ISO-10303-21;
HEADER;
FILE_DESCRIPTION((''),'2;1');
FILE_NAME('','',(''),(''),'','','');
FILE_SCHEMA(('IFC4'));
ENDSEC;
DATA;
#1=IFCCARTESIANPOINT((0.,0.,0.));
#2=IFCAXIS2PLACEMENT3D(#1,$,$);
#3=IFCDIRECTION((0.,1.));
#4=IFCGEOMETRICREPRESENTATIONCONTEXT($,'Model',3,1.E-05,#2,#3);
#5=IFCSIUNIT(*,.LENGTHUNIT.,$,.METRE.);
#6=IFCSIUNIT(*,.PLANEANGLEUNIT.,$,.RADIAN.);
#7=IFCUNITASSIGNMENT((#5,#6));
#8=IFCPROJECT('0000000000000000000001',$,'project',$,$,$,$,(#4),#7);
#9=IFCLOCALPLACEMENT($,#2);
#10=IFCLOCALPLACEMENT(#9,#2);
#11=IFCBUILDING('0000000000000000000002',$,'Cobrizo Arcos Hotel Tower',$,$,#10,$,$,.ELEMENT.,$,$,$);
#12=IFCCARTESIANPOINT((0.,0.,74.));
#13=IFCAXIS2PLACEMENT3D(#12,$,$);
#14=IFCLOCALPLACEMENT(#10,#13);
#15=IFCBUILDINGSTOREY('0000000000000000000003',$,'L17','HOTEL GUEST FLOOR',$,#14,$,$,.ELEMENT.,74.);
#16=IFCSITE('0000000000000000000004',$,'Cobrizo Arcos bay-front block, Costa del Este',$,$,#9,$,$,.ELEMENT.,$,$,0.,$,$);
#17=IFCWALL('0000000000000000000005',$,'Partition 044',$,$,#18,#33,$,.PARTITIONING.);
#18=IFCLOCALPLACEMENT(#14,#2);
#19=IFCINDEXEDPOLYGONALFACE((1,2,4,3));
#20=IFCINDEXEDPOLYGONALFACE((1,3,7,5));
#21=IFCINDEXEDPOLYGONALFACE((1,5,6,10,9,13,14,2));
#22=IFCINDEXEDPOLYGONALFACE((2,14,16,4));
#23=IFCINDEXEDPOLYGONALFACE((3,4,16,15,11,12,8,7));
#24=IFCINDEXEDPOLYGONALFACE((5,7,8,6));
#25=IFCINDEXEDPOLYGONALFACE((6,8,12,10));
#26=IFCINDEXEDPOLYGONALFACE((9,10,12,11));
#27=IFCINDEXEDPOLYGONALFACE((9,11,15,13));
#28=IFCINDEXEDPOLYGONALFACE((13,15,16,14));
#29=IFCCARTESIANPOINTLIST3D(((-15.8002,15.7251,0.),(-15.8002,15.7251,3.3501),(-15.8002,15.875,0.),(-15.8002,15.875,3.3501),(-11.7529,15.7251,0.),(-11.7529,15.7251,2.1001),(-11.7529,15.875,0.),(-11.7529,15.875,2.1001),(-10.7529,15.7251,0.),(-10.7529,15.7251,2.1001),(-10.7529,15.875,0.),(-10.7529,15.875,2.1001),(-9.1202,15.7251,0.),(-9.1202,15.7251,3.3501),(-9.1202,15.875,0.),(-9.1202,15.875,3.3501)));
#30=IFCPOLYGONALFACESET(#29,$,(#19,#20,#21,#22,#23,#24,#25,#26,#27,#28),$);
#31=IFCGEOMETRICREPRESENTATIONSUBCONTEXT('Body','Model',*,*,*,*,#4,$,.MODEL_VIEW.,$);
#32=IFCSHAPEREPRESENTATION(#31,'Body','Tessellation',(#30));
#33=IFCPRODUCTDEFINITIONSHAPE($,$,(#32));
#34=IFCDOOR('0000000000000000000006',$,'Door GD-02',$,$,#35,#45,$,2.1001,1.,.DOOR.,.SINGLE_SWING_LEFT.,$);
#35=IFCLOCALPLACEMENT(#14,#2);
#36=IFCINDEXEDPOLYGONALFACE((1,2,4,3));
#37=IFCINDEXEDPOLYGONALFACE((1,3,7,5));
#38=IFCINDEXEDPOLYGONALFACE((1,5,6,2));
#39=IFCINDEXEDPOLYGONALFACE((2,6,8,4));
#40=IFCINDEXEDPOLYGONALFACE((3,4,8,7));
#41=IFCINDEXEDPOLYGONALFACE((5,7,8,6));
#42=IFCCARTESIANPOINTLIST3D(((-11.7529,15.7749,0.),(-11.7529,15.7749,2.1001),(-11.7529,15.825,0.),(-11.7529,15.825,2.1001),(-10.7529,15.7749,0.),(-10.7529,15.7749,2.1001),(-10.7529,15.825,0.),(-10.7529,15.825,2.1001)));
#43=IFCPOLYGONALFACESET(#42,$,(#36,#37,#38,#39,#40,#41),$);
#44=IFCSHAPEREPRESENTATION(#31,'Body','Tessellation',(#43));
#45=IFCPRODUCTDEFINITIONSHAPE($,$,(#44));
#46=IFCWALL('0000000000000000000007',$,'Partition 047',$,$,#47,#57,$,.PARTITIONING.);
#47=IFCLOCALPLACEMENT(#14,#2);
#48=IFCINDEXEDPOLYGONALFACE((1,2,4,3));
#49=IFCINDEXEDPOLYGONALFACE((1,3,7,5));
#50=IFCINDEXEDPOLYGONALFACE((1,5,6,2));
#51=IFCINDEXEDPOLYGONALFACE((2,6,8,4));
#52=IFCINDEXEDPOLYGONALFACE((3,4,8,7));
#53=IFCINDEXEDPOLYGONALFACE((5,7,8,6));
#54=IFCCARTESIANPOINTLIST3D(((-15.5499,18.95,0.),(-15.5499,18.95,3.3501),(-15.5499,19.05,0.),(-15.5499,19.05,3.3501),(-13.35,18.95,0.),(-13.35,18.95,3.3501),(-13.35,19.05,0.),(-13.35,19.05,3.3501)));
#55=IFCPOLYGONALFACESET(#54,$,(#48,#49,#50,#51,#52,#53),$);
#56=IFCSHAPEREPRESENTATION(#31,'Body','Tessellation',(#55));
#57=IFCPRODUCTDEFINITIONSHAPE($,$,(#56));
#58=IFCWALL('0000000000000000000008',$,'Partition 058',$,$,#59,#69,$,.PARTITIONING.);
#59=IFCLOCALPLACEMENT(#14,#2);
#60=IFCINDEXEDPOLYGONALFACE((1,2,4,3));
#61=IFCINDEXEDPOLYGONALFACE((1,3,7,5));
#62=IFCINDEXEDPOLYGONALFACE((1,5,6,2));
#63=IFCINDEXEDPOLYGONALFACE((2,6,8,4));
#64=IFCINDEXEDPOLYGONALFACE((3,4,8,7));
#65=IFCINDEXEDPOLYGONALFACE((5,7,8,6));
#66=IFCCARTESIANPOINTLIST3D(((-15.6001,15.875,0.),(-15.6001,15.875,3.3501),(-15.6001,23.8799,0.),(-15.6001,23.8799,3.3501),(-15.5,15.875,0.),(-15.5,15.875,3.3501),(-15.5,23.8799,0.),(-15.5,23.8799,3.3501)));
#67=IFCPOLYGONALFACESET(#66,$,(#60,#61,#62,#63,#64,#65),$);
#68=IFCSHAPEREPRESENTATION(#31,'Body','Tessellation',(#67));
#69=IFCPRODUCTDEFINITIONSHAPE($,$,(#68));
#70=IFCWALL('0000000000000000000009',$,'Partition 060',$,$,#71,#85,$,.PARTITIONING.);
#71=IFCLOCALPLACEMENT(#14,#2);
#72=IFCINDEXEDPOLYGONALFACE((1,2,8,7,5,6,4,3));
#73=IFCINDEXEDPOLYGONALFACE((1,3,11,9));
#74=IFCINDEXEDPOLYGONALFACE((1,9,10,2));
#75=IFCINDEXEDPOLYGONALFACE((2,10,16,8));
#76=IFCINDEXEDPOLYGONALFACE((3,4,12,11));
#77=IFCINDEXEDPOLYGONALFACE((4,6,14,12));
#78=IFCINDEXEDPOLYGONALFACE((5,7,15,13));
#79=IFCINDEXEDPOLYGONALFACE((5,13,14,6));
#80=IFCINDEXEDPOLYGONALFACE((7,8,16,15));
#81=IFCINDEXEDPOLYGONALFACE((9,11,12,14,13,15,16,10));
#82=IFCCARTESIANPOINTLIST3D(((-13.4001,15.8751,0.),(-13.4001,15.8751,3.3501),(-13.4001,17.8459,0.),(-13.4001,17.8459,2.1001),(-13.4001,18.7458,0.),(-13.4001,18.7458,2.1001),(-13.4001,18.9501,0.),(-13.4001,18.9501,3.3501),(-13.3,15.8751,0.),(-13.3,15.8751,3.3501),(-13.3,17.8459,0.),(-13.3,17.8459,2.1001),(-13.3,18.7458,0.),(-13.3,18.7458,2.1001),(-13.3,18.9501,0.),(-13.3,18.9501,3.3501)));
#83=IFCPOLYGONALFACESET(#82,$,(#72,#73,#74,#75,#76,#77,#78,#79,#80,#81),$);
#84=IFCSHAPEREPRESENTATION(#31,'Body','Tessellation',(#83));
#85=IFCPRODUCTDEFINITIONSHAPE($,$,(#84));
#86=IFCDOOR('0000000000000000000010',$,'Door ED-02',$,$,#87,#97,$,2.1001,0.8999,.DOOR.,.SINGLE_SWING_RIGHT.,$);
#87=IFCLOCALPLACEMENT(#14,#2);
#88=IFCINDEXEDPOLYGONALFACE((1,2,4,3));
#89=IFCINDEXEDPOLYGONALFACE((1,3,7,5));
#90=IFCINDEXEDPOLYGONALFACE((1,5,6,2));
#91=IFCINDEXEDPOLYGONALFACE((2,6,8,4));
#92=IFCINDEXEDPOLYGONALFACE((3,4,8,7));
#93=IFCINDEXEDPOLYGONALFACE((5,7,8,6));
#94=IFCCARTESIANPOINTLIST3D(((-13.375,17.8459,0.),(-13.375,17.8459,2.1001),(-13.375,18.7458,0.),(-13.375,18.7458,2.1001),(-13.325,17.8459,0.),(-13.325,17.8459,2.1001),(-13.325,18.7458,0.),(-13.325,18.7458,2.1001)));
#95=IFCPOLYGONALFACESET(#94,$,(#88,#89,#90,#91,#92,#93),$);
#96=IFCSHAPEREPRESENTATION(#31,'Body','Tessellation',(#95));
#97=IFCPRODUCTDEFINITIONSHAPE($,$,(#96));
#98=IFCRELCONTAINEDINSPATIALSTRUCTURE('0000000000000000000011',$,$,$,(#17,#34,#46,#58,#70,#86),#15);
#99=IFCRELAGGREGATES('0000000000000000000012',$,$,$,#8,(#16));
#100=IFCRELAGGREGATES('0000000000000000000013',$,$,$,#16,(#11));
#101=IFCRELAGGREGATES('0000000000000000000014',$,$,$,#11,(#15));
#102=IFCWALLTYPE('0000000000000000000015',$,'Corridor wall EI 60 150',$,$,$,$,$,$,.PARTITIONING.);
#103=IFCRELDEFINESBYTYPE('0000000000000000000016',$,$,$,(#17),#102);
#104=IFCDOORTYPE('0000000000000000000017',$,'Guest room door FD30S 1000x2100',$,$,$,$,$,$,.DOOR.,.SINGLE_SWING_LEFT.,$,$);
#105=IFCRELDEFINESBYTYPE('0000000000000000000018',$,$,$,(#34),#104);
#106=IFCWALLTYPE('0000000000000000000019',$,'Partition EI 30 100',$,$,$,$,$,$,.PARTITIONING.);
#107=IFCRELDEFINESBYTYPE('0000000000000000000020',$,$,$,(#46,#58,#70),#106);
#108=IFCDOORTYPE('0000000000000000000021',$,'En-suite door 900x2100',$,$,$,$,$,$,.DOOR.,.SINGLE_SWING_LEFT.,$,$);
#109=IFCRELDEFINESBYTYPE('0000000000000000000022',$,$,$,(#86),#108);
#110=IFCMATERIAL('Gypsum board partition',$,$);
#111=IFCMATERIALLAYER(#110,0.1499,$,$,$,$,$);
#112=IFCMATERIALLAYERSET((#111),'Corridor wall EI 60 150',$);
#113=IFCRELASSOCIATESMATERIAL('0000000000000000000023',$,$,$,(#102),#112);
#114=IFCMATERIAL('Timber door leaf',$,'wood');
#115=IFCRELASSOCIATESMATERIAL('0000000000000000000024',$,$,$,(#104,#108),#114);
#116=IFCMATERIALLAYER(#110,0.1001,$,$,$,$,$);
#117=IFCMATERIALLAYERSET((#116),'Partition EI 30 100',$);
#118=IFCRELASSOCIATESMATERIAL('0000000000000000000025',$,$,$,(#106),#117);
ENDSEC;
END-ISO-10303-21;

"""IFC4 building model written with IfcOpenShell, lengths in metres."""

from ifc_helpers import new_model, si_unit, direction, frame, frame_2d, origin, place, context, subcontext, project, spatial, rectangle, extrude, material, layer, layer_set, type_object, element, fill, save


model = new_model("IFC4")

# Units and contexts
model_context = context("Model", 3, precision=1e-05, world=origin(), true_north=direction((0.0, 1.0)))
body_context = subcontext(model_context, "Body", "Model", "MODEL_VIEW")
ifc_project = project(units=[si_unit("LENGTHUNIT", "METRE"), si_unit("PLANEANGLEUNIT", "RADIAN")], contexts=[model_context])

# Site, building, storey
site_placement = place(None, origin())
site = spatial("IfcSite", under=ifc_project, at=site_placement, Name="Cobrizo Arcos bay-front block, Costa del Este", CompositionType="ELEMENT", RefElevation=0.0)
building_placement = place(site_placement, origin())
building = spatial("IfcBuilding", under=site, at=building_placement, Name="Cobrizo Arcos Hotel Tower", CompositionType="ELEMENT")
storey_placement = place(building_placement, frame((0.0, 0.0, 74.0)))
storey = spatial("IfcBuildingStorey", under=building, at=storey_placement, Name="L17", Description="HOTEL GUEST FLOOR", CompositionType="ELEMENT", Elevation=74.0)

# Wall, opening, door
ifc_material_1 = material(Name="Gypsum board partition")
ifc_layer_1 = layer(ifc_material_1, 0.1499)
ifc_layer_set_1 = layer_set([ifc_layer_1], Name="Corridor wall EI 60 150")
wall_type_1 = type_object("IfcWallType", Name="Corridor wall EI 60 150", PredefinedType="PARTITIONING", material=ifc_layer_set_1)
wall_1_placement = place(storey_placement, frame((-15.8, 15.8, 0.0), z_axis=(0.0, 0.0, 1.0), x_axis=(1.0, 0.0, 0.0)))
wall_1 = element("IfcWall", 1, at=wall_1_placement, inside=storey, type_object=wall_type_1, Name="Partition 044", PredefinedType="PARTITIONING", context=body_context, shape_type="SweptSolid", body=[
    extrude(rectangle(XDim=6.6799, YDim=0.1499, at=frame_2d((3.3398, 0.0))), origin(), (0.0, 0.0, 1.0), 3.3501),
])
opening_1_placement = place(wall_1_placement, frame((4.0471, 0.0, 0.0)))
opening_1 = element("IfcOpeningElement", 2, at=opening_1_placement, cuts=wall_1, PredefinedType="OPENING", context=body_context, shape_type="SweptSolid", body=[
    extrude(rectangle(XDim=1.0, YDim=2.1001, at=frame_2d((0.5, 1.05))), frame((0.0, 0.0869, 0.0), z_axis=(0.0, -1.0, 0.0), x_axis=(1.0, 0.0, 0.0)), (0.0, 0.0, 1.0), 0.1738),
])
ifc_material_2 = material(Name="Timber door leaf", Category="wood")
door_type_1 = type_object("IfcDoorType", Name="Guest room door FD30S 1000x2100", OperationType="SINGLE_SWING_LEFT", PredefinedType="DOOR", material=ifc_material_2)
door_1_placement = place(opening_1_placement, origin())
door_1 = element("IfcDoor", 3, at=door_1_placement, inside=storey, type_object=door_type_1, Name="Door GD-02", OperationType="SINGLE_SWING_LEFT", OverallHeight=2.1001, OverallWidth=1.0, PredefinedType="DOOR", context=body_context, shape_type="SweptSolid", body=[
    extrude(rectangle(XDim=1.0, YDim=2.1001, at=frame_2d((0.5, 1.05))), frame((0.0, 0.0249, 0.0), z_axis=(0.0, -1.0, 0.0), x_axis=(1.0, 0.0, 0.0)), (0.0, 0.0, 1.0), 0.05),
])
fill(opening_1, door_1)

# Walls
ifc_layer_2 = layer(ifc_material_1, 0.1001)
ifc_layer_set_2 = layer_set([ifc_layer_2], Name="Partition EI 30 100")
wall_type_2 = type_object("IfcWallType", Name="Partition EI 30 100", PredefinedType="PARTITIONING", material=ifc_layer_set_2)
wall_2_placement = place(storey_placement, frame((-15.55, 19.0, 0.0), z_axis=(0.0, 0.0, 1.0), x_axis=(1.0, 0.0, 0.0)))
element("IfcWall", 4, at=wall_2_placement, inside=storey, type_object=wall_type_2, Name="Partition 047", PredefinedType="PARTITIONING", context=body_context, shape_type="SweptSolid", body=[
    extrude(rectangle(XDim=2.2, YDim=0.1001, at=frame_2d((1.1001, 0.0))), origin(), (0.0, 0.0, 1.0), 3.3501),
])
wall_3_placement = place(storey_placement, frame((-15.55, 15.875, 0.0), z_axis=(0.0, 0.0, 1.0), x_axis=(0.0, 1.0, 0.0)))
element("IfcWall", 5, at=wall_3_placement, inside=storey, type_object=wall_type_2, Name="Partition 058", PredefinedType="PARTITIONING", context=body_context, shape_type="SweptSolid", body=[
    extrude(rectangle(XDim=8.0049, YDim=0.1001, at=frame_2d((4.0024, 0.0))), origin(), (0.0, 0.0, 1.0), 3.3501),
])

# Wall, opening, door
wall_4_placement = place(storey_placement, frame((-13.3501, 15.875, 0.0), z_axis=(0.0, 0.0, 1.0), x_axis=(0.0, 1.0, 0.0)))
wall_4 = element("IfcWall", 6, at=wall_4_placement, inside=storey, type_object=wall_type_2, Name="Partition 060", PredefinedType="PARTITIONING", context=body_context, shape_type="SweptSolid", body=[
    extrude(rectangle(XDim=3.075, YDim=0.1001, at=frame_2d((1.5376, 0.0))), origin(), (0.0, 0.0, 1.0), 3.3501),
])
opening_2_placement = place(wall_4_placement, frame((1.9709, 0.0, 0.0)))
opening_2 = element("IfcOpeningElement", 7, at=opening_2_placement, cuts=wall_4, PredefinedType="OPENING", context=body_context, shape_type="SweptSolid", body=[
    extrude(rectangle(XDim=0.8999, YDim=2.1001, at=frame_2d((0.45, 1.05))), frame((0.0, 0.062, 0.0), z_axis=(0.0, -1.0, 0.0), x_axis=(1.0, 0.0, 0.0)), (0.0, 0.0, 1.0), 0.124),
])
door_type_2 = type_object("IfcDoorType", Name="En-suite door 900x2100", OperationType="SINGLE_SWING_LEFT", PredefinedType="DOOR", material=ifc_material_2)
door_2_placement = place(opening_2_placement, origin())
door_2 = element("IfcDoor", 8, at=door_2_placement, inside=storey, type_object=door_type_2, Name="Door ED-02", OperationType="SINGLE_SWING_RIGHT", OverallHeight=2.1001, OverallWidth=0.8999, PredefinedType="DOOR", context=body_context, shape_type="SweptSolid", body=[
    extrude(rectangle(XDim=0.8999, YDim=2.1001, at=frame_2d((0.45, 1.05))), frame((0.0, 0.0249, 0.0), z_axis=(0.0, -1.0, 0.0), x_axis=(1.0, 0.0, 0.0)), (0.0, 0.0, 1.0), 0.05),
])
fill(opening_2, door_2)

save(model, "model.ifc")
